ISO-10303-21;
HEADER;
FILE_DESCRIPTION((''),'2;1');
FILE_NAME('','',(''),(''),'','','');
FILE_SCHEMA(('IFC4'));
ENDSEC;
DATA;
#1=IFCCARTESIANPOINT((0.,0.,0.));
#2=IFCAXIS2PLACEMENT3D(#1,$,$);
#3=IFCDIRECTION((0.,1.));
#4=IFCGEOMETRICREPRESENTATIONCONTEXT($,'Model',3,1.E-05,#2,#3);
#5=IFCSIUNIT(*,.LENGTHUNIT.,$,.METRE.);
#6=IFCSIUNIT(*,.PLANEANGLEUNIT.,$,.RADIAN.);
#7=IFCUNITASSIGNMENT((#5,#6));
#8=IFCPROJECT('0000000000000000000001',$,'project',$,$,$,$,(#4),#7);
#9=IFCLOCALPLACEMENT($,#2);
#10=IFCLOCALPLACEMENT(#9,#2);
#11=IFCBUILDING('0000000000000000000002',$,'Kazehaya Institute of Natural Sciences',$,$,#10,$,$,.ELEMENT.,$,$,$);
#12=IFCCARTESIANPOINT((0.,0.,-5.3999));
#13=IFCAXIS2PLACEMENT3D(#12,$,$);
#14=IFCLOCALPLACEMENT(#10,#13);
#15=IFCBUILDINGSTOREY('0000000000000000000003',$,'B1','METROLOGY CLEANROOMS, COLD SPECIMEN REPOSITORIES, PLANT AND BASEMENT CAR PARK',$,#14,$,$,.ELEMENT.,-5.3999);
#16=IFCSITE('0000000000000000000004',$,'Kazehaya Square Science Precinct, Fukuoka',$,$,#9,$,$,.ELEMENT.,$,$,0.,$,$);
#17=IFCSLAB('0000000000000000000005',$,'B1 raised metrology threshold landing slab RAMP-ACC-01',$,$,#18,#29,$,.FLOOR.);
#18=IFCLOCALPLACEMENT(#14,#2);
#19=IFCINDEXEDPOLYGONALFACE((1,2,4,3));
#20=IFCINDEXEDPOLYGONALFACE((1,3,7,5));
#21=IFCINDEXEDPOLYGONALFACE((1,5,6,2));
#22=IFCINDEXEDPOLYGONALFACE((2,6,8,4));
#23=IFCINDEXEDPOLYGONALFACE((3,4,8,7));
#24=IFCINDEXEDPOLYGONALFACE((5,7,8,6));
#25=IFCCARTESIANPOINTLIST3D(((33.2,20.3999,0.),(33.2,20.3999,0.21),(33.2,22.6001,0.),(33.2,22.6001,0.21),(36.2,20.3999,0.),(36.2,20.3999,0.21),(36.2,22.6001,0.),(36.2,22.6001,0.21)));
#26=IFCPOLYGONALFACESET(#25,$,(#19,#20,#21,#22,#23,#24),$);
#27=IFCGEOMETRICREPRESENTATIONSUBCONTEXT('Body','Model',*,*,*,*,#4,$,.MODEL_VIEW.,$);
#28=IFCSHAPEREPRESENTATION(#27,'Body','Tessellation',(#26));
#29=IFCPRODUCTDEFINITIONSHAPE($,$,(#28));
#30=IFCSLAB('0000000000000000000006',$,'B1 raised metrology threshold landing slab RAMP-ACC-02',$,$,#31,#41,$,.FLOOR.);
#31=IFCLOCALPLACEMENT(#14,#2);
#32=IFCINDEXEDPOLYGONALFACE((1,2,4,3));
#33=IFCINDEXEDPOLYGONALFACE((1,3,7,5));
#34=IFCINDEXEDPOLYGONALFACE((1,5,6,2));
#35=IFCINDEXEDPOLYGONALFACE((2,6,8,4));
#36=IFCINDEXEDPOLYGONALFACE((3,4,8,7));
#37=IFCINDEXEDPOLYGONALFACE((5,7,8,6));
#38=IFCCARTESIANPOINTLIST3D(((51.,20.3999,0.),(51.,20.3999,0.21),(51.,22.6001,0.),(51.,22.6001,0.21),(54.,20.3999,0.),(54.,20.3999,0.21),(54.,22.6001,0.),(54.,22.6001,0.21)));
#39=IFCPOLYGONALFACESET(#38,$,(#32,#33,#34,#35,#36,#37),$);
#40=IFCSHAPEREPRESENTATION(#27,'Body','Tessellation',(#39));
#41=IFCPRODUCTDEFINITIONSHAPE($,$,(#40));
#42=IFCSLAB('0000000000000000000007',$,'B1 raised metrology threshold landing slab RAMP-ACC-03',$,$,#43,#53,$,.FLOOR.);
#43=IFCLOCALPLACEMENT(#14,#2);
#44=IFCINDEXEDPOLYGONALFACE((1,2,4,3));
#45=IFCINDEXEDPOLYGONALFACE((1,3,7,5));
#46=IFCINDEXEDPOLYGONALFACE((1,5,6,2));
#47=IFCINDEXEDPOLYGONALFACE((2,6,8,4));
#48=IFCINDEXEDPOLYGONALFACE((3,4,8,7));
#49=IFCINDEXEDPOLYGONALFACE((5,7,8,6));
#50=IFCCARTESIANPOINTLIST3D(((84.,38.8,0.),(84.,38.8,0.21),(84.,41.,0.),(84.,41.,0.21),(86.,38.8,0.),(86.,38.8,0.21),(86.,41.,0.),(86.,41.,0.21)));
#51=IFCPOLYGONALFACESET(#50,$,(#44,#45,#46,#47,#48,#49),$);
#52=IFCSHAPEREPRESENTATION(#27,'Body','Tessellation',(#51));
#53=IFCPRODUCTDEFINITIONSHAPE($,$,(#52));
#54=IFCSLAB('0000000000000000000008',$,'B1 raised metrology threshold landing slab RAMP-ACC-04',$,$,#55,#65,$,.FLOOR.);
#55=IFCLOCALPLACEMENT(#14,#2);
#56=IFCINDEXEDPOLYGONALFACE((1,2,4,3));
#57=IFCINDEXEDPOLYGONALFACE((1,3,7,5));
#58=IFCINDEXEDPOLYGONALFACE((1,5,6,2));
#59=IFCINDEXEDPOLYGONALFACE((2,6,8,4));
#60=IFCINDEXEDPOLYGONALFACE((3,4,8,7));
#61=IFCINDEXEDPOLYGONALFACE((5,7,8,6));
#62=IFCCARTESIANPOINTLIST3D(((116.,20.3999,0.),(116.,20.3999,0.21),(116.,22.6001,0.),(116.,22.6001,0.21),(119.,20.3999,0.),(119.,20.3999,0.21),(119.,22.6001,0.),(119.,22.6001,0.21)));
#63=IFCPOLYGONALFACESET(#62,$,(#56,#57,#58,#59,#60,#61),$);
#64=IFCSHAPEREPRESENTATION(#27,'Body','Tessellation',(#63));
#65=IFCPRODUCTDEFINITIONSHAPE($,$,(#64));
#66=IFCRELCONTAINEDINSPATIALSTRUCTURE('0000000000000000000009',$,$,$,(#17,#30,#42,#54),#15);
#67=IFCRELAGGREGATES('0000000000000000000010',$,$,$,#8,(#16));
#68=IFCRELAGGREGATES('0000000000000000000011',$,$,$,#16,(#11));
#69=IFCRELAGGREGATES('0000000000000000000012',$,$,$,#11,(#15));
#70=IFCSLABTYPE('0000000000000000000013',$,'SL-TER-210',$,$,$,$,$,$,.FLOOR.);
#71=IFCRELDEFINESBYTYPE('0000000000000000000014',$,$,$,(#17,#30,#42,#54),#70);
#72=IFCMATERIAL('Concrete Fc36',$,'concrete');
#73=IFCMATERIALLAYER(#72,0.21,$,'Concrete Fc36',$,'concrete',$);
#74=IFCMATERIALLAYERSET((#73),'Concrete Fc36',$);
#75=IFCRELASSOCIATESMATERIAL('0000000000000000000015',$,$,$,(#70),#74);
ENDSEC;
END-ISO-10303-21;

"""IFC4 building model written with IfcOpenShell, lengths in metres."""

from ifc_helpers import new_model, si_unit, direction, frame, origin, place, context, subcontext, project, spatial, polyline, outline, extrude, material, layer, layer_set, type_object, element, save


model = new_model("IFC4")

# Units and contexts
model_context = context("Model", 3, precision=1e-05, world=origin(), true_north=direction((0.0, 1.0)))
body_context = subcontext(model_context, "Body", "Model", "MODEL_VIEW")
ifc_project = project(units=[si_unit("LENGTHUNIT", "METRE"), si_unit("PLANEANGLEUNIT", "RADIAN")], contexts=[model_context])

# Site, building, storey
site_placement = place(None, origin())
site = spatial("IfcSite", under=ifc_project, at=site_placement, Name="Kazehaya Square Science Precinct, Fukuoka", CompositionType="ELEMENT", RefElevation=0.0)
building_placement = place(site_placement, origin())
building = spatial("IfcBuilding", under=site, at=building_placement, Name="Kazehaya Institute of Natural Sciences", CompositionType="ELEMENT")
storey_placement = place(building_placement, frame((0.0, 0.0, -5.3999)))
storey = spatial("IfcBuildingStorey", under=building, at=storey_placement, Name="B1", Description="METROLOGY CLEANROOMS, COLD SPECIMEN REPOSITORIES, PLANT AND BASEMENT CAR PARK", CompositionType="ELEMENT", Elevation=-5.3999)

# Shared definitions
ifc_material = material(Name="Concrete Fc36", Category="concrete")

# Slabs
ifc_layer_1 = layer(ifc_material, 0.21, Name="Concrete Fc36", Category="concrete")
ifc_layer_set_1 = layer_set([ifc_layer_1], Name="Concrete Fc36")
slab_type_1 = type_object("IfcSlabType", Name="SL-TER-210", PredefinedType="FLOOR", material=ifc_layer_set_1)
slab_1_placement = place(storey_placement, origin())
element("IfcSlab", 1, at=slab_1_placement, inside=storey, type_object=slab_type_1, Name="B1 raised metrology threshold landing slab RAMP-ACC-01", PredefinedType="FLOOR", context=body_context, shape_type="SweptSolid", body=[
    extrude(outline(polyline([(33.2, 20.3999), (36.2, 20.3999), (36.2, 22.6001), (33.2, 22.6001), (33.2, 20.3999)])), origin(), (0.0, 0.0, 1.0), 0.21),
])
slab_2_placement = place(storey_placement, origin())
element("IfcSlab", 2, at=slab_2_placement, inside=storey, type_object=slab_type_1, Name="B1 raised metrology threshold landing slab RAMP-ACC-02", PredefinedType="FLOOR", context=body_context, shape_type="SweptSolid", body=[
    extrude(outline(polyline([(51.0, 20.3999), (54.0, 20.3999), (54.0, 22.6001), (51.0, 22.6001), (51.0, 20.3999)])), origin(), (0.0, 0.0, 1.0), 0.21),
])
slab_3_placement = place(storey_placement, origin())
element("IfcSlab", 3, at=slab_3_placement, inside=storey, type_object=slab_type_1, Name="B1 raised metrology threshold landing slab RAMP-ACC-03", PredefinedType="FLOOR", context=body_context, shape_type="SweptSolid", body=[
    extrude(outline(polyline([(84.0, 38.8), (86.0, 38.8), (86.0, 41.0), (84.0, 41.0), (84.0, 38.8)])), origin(), (0.0, 0.0, 1.0), 0.21),
])
slab_4_placement = place(storey_placement, origin())
element("IfcSlab", 4, at=slab_4_placement, inside=storey, type_object=slab_type_1, Name="B1 raised metrology threshold landing slab RAMP-ACC-04", PredefinedType="FLOOR", context=body_context, shape_type="SweptSolid", body=[
    extrude(outline(polyline([(116.0, 20.3999), (119.0, 20.3999), (119.0, 22.6001), (116.0, 22.6001), (116.0, 20.3999)])), origin(), (0.0, 0.0, 1.0), 0.21),
])

save(model, "model.ifc")
